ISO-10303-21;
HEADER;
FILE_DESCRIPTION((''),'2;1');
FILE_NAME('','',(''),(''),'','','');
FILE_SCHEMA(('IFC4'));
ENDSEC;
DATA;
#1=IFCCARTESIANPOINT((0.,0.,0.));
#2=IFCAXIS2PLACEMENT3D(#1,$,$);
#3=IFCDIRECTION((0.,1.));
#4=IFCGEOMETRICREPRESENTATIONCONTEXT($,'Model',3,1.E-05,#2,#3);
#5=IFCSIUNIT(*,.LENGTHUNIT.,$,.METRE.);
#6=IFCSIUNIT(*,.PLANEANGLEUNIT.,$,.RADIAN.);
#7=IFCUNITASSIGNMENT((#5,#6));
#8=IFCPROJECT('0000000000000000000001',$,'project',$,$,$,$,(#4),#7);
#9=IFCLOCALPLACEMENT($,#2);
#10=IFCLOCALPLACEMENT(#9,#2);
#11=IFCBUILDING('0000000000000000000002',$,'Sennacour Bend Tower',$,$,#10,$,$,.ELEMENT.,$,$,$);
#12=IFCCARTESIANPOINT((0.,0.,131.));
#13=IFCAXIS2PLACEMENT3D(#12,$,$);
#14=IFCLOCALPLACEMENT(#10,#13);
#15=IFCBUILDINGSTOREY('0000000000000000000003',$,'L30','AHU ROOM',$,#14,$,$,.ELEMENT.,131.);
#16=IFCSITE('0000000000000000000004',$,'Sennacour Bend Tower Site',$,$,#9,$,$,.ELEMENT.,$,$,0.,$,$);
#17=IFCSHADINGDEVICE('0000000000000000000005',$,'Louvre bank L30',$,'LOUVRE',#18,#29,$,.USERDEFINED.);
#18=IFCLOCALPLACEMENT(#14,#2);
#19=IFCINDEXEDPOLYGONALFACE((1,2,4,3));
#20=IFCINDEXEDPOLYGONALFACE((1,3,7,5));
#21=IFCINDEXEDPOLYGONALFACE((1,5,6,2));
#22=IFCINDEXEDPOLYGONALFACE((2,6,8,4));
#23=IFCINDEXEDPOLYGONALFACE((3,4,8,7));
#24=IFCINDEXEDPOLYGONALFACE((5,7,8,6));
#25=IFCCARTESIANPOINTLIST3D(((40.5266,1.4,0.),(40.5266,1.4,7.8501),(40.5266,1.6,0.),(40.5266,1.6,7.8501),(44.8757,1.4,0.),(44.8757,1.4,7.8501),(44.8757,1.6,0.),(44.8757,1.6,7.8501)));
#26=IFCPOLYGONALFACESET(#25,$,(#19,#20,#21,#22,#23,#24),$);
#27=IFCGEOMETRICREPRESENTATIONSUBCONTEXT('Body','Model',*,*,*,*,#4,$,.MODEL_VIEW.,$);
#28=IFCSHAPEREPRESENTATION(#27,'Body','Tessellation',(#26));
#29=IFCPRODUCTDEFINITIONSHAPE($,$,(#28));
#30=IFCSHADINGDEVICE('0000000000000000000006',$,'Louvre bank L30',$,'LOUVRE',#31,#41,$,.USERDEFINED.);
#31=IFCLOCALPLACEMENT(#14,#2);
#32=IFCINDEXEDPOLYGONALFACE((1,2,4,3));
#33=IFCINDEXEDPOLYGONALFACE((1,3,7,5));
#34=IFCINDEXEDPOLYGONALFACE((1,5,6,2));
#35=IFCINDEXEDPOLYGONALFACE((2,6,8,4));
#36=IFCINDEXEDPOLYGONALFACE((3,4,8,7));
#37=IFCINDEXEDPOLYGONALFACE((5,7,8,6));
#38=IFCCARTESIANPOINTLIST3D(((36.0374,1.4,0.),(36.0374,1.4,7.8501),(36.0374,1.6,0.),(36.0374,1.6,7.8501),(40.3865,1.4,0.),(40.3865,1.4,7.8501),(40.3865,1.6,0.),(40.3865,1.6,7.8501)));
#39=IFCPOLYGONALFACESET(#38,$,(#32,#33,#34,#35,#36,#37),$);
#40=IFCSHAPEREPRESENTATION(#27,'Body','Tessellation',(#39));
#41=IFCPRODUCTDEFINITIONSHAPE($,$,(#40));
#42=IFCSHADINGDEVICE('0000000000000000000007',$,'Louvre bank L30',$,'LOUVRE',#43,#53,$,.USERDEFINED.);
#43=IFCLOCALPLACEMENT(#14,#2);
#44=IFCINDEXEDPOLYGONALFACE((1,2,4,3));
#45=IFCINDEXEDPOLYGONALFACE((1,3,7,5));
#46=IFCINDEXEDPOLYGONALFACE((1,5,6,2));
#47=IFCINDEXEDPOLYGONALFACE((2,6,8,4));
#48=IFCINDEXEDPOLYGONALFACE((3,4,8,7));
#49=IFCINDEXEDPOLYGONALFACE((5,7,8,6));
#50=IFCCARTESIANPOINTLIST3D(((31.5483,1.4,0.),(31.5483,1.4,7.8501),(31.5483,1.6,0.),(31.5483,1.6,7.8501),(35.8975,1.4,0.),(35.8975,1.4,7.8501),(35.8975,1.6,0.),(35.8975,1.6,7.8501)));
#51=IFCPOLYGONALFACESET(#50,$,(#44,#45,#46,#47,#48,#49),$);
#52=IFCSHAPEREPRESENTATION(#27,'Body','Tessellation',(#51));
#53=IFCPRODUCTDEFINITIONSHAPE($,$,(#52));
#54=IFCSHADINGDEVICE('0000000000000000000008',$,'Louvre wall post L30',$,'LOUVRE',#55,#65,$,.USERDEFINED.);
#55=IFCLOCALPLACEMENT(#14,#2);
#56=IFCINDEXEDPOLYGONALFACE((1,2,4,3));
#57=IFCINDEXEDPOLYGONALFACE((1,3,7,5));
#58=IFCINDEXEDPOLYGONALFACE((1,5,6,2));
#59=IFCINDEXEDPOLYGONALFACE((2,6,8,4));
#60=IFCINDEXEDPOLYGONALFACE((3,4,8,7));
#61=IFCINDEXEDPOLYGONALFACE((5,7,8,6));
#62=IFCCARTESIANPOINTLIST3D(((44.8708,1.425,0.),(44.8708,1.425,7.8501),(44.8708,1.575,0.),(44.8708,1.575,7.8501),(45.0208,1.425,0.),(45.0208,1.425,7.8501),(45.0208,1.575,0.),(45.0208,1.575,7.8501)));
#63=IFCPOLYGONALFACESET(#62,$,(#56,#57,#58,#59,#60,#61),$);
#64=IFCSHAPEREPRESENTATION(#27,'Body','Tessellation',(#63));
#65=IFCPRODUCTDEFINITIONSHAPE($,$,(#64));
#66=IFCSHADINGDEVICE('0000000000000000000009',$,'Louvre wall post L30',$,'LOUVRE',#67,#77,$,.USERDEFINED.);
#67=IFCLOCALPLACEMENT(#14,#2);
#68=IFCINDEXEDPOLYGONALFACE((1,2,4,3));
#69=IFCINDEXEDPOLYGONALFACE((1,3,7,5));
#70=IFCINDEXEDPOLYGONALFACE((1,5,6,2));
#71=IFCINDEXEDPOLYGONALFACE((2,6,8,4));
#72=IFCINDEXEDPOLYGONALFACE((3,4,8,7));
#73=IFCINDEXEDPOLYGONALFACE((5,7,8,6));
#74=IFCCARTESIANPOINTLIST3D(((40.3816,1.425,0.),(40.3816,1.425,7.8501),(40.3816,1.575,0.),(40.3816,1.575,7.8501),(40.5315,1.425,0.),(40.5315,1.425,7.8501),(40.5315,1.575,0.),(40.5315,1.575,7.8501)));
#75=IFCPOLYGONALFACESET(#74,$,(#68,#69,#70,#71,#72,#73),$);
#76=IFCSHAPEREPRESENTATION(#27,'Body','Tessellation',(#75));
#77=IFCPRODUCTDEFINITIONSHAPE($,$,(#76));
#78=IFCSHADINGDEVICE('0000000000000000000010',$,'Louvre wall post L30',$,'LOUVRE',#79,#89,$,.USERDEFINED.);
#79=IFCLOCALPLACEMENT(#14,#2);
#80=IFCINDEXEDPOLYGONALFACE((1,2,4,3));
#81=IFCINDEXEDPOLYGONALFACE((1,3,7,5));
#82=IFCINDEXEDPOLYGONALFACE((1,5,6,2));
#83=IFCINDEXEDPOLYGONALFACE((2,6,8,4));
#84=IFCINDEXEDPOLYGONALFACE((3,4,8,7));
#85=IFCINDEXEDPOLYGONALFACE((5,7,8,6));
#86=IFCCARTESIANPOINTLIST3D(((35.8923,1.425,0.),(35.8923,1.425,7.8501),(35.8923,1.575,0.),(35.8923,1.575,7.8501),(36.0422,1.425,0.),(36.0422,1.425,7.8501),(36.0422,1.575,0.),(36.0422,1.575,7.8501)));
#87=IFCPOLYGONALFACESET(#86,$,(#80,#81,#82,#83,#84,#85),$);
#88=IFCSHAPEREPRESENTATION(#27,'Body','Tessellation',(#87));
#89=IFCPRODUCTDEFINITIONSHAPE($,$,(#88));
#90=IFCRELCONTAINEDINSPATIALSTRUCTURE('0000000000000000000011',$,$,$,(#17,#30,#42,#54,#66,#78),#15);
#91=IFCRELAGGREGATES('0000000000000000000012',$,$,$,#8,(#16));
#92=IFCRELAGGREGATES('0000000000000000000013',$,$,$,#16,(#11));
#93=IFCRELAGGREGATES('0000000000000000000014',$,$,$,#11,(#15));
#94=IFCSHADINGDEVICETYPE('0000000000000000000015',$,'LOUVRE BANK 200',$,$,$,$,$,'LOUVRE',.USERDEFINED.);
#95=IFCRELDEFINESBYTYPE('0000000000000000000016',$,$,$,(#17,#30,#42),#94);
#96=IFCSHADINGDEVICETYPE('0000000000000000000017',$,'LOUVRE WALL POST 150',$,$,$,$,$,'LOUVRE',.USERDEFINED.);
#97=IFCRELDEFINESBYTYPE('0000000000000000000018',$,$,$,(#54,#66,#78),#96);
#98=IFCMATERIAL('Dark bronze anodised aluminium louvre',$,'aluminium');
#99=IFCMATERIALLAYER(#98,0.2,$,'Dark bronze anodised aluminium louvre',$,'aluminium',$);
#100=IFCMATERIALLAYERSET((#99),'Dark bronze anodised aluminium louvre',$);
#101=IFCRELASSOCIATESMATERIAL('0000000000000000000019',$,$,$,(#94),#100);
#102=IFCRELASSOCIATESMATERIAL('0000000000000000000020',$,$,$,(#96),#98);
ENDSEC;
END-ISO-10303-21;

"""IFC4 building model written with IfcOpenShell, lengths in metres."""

from ifc_helpers import new_model, si_unit, direction, frame, origin, origin_2d, place, context, subcontext, project, spatial, rectangle, extrude, material, layer, layer_set, type_object, element, save


model = new_model("IFC4")

# Units and contexts
model_context = context("Model", 3, precision=1e-05, world=origin(), true_north=direction((0.0, 1.0)))
body_context = subcontext(model_context, "Body", "Model", "MODEL_VIEW")
ifc_project = project(units=[si_unit("LENGTHUNIT", "METRE"), si_unit("PLANEANGLEUNIT", "RADIAN")], contexts=[model_context])

# Site, building, storey
site_placement = place(None, origin())
site = spatial("IfcSite", under=ifc_project, at=site_placement, Name="Sennacour Bend Tower Site", CompositionType="ELEMENT", RefElevation=0.0)
building_placement = place(site_placement, origin())
building = spatial("IfcBuilding", under=site, at=building_placement, Name="Sennacour Bend Tower", CompositionType="ELEMENT")
storey_placement = place(building_placement, frame((0.0, 0.0, 131.0)))
storey = spatial("IfcBuildingStorey", under=building, at=storey_placement, Name="L30", Description="AHU ROOM", CompositionType="ELEMENT", Elevation=131.0)

# Shading devices
ifc_material_1 = material(Name="Dark bronze anodised aluminium louvre", Category="aluminium")
ifc_layer_1 = layer(ifc_material_1, 0.2, Name="Dark bronze anodised aluminium louvre", Category="aluminium")
ifc_layer_set_1 = layer_set([ifc_layer_1], Name="Dark bronze anodised aluminium louvre")
shading_device_type_1 = type_object("IfcShadingDeviceType", Name="LOUVRE BANK 200", ElementType="LOUVRE", PredefinedType="USERDEFINED", material=ifc_layer_set_1)
for number, where, z_axis, x_axis, name in (
    (1, (42.7012, 1.5, 0.0), (0.0, 0.0, 1.0), (-1.0, 0.0, 0.0), "Louvre bank L30"),
    (2, (38.2119, 1.5, 0.0), (0.0, 0.0, 1.0), (-1.0, 0.0, 0.0), "Louvre bank L30"),
    (3, (33.7229, 1.5, 0.0), (0.0, 0.0, 1.0), (-1.0, 0.0, 0.0), "Louvre bank L30"),
):
    element("IfcShadingDevice", number, at=place(storey_placement, frame(where, z_axis=z_axis, x_axis=x_axis)), inside=storey, type_object=shading_device_type_1, Name=name, ObjectType="LOUVRE", PredefinedType="USERDEFINED", context=body_context, shape_type="SweptSolid", body=[
        extrude(rectangle(XDim=4.3491, YDim=0.2, at=origin_2d()), origin(), (0.0, 0.0, 1.0), 7.8501),
    ])
shading_device_type_2 = type_object("IfcShadingDeviceType", Name="LOUVRE WALL POST 150", ElementType="LOUVRE", PredefinedType="USERDEFINED", material=ifc_material_1)
for number, where, z_axis, x_axis, name in (
    (4, (44.9458, 1.5, 0.0), (0.0, 0.0, 1.0), (1.0, 0.0, 0.0), "Louvre wall post L30"),
    (5, (40.4565, 1.5, 0.0), (0.0, 0.0, 1.0), (1.0, 0.0, 0.0), "Louvre wall post L30"),
    (6, (35.9673, 1.5, 0.0), (0.0, 0.0, 1.0), (1.0, 0.0, 0.0), "Louvre wall post L30"),
):
    element("IfcShadingDevice", number, at=place(storey_placement, frame(where, z_axis=z_axis, x_axis=x_axis)), inside=storey, type_object=shading_device_type_2, Name=name, ObjectType="LOUVRE", PredefinedType="USERDEFINED", context=body_context, shape_type="SweptSolid", body=[
        extrude(rectangle(XDim=0.1499, YDim=0.1499, at=origin_2d()), origin(), (0.0, 0.0, 1.0), 7.8501),
    ])

save(model, "model.ifc")
